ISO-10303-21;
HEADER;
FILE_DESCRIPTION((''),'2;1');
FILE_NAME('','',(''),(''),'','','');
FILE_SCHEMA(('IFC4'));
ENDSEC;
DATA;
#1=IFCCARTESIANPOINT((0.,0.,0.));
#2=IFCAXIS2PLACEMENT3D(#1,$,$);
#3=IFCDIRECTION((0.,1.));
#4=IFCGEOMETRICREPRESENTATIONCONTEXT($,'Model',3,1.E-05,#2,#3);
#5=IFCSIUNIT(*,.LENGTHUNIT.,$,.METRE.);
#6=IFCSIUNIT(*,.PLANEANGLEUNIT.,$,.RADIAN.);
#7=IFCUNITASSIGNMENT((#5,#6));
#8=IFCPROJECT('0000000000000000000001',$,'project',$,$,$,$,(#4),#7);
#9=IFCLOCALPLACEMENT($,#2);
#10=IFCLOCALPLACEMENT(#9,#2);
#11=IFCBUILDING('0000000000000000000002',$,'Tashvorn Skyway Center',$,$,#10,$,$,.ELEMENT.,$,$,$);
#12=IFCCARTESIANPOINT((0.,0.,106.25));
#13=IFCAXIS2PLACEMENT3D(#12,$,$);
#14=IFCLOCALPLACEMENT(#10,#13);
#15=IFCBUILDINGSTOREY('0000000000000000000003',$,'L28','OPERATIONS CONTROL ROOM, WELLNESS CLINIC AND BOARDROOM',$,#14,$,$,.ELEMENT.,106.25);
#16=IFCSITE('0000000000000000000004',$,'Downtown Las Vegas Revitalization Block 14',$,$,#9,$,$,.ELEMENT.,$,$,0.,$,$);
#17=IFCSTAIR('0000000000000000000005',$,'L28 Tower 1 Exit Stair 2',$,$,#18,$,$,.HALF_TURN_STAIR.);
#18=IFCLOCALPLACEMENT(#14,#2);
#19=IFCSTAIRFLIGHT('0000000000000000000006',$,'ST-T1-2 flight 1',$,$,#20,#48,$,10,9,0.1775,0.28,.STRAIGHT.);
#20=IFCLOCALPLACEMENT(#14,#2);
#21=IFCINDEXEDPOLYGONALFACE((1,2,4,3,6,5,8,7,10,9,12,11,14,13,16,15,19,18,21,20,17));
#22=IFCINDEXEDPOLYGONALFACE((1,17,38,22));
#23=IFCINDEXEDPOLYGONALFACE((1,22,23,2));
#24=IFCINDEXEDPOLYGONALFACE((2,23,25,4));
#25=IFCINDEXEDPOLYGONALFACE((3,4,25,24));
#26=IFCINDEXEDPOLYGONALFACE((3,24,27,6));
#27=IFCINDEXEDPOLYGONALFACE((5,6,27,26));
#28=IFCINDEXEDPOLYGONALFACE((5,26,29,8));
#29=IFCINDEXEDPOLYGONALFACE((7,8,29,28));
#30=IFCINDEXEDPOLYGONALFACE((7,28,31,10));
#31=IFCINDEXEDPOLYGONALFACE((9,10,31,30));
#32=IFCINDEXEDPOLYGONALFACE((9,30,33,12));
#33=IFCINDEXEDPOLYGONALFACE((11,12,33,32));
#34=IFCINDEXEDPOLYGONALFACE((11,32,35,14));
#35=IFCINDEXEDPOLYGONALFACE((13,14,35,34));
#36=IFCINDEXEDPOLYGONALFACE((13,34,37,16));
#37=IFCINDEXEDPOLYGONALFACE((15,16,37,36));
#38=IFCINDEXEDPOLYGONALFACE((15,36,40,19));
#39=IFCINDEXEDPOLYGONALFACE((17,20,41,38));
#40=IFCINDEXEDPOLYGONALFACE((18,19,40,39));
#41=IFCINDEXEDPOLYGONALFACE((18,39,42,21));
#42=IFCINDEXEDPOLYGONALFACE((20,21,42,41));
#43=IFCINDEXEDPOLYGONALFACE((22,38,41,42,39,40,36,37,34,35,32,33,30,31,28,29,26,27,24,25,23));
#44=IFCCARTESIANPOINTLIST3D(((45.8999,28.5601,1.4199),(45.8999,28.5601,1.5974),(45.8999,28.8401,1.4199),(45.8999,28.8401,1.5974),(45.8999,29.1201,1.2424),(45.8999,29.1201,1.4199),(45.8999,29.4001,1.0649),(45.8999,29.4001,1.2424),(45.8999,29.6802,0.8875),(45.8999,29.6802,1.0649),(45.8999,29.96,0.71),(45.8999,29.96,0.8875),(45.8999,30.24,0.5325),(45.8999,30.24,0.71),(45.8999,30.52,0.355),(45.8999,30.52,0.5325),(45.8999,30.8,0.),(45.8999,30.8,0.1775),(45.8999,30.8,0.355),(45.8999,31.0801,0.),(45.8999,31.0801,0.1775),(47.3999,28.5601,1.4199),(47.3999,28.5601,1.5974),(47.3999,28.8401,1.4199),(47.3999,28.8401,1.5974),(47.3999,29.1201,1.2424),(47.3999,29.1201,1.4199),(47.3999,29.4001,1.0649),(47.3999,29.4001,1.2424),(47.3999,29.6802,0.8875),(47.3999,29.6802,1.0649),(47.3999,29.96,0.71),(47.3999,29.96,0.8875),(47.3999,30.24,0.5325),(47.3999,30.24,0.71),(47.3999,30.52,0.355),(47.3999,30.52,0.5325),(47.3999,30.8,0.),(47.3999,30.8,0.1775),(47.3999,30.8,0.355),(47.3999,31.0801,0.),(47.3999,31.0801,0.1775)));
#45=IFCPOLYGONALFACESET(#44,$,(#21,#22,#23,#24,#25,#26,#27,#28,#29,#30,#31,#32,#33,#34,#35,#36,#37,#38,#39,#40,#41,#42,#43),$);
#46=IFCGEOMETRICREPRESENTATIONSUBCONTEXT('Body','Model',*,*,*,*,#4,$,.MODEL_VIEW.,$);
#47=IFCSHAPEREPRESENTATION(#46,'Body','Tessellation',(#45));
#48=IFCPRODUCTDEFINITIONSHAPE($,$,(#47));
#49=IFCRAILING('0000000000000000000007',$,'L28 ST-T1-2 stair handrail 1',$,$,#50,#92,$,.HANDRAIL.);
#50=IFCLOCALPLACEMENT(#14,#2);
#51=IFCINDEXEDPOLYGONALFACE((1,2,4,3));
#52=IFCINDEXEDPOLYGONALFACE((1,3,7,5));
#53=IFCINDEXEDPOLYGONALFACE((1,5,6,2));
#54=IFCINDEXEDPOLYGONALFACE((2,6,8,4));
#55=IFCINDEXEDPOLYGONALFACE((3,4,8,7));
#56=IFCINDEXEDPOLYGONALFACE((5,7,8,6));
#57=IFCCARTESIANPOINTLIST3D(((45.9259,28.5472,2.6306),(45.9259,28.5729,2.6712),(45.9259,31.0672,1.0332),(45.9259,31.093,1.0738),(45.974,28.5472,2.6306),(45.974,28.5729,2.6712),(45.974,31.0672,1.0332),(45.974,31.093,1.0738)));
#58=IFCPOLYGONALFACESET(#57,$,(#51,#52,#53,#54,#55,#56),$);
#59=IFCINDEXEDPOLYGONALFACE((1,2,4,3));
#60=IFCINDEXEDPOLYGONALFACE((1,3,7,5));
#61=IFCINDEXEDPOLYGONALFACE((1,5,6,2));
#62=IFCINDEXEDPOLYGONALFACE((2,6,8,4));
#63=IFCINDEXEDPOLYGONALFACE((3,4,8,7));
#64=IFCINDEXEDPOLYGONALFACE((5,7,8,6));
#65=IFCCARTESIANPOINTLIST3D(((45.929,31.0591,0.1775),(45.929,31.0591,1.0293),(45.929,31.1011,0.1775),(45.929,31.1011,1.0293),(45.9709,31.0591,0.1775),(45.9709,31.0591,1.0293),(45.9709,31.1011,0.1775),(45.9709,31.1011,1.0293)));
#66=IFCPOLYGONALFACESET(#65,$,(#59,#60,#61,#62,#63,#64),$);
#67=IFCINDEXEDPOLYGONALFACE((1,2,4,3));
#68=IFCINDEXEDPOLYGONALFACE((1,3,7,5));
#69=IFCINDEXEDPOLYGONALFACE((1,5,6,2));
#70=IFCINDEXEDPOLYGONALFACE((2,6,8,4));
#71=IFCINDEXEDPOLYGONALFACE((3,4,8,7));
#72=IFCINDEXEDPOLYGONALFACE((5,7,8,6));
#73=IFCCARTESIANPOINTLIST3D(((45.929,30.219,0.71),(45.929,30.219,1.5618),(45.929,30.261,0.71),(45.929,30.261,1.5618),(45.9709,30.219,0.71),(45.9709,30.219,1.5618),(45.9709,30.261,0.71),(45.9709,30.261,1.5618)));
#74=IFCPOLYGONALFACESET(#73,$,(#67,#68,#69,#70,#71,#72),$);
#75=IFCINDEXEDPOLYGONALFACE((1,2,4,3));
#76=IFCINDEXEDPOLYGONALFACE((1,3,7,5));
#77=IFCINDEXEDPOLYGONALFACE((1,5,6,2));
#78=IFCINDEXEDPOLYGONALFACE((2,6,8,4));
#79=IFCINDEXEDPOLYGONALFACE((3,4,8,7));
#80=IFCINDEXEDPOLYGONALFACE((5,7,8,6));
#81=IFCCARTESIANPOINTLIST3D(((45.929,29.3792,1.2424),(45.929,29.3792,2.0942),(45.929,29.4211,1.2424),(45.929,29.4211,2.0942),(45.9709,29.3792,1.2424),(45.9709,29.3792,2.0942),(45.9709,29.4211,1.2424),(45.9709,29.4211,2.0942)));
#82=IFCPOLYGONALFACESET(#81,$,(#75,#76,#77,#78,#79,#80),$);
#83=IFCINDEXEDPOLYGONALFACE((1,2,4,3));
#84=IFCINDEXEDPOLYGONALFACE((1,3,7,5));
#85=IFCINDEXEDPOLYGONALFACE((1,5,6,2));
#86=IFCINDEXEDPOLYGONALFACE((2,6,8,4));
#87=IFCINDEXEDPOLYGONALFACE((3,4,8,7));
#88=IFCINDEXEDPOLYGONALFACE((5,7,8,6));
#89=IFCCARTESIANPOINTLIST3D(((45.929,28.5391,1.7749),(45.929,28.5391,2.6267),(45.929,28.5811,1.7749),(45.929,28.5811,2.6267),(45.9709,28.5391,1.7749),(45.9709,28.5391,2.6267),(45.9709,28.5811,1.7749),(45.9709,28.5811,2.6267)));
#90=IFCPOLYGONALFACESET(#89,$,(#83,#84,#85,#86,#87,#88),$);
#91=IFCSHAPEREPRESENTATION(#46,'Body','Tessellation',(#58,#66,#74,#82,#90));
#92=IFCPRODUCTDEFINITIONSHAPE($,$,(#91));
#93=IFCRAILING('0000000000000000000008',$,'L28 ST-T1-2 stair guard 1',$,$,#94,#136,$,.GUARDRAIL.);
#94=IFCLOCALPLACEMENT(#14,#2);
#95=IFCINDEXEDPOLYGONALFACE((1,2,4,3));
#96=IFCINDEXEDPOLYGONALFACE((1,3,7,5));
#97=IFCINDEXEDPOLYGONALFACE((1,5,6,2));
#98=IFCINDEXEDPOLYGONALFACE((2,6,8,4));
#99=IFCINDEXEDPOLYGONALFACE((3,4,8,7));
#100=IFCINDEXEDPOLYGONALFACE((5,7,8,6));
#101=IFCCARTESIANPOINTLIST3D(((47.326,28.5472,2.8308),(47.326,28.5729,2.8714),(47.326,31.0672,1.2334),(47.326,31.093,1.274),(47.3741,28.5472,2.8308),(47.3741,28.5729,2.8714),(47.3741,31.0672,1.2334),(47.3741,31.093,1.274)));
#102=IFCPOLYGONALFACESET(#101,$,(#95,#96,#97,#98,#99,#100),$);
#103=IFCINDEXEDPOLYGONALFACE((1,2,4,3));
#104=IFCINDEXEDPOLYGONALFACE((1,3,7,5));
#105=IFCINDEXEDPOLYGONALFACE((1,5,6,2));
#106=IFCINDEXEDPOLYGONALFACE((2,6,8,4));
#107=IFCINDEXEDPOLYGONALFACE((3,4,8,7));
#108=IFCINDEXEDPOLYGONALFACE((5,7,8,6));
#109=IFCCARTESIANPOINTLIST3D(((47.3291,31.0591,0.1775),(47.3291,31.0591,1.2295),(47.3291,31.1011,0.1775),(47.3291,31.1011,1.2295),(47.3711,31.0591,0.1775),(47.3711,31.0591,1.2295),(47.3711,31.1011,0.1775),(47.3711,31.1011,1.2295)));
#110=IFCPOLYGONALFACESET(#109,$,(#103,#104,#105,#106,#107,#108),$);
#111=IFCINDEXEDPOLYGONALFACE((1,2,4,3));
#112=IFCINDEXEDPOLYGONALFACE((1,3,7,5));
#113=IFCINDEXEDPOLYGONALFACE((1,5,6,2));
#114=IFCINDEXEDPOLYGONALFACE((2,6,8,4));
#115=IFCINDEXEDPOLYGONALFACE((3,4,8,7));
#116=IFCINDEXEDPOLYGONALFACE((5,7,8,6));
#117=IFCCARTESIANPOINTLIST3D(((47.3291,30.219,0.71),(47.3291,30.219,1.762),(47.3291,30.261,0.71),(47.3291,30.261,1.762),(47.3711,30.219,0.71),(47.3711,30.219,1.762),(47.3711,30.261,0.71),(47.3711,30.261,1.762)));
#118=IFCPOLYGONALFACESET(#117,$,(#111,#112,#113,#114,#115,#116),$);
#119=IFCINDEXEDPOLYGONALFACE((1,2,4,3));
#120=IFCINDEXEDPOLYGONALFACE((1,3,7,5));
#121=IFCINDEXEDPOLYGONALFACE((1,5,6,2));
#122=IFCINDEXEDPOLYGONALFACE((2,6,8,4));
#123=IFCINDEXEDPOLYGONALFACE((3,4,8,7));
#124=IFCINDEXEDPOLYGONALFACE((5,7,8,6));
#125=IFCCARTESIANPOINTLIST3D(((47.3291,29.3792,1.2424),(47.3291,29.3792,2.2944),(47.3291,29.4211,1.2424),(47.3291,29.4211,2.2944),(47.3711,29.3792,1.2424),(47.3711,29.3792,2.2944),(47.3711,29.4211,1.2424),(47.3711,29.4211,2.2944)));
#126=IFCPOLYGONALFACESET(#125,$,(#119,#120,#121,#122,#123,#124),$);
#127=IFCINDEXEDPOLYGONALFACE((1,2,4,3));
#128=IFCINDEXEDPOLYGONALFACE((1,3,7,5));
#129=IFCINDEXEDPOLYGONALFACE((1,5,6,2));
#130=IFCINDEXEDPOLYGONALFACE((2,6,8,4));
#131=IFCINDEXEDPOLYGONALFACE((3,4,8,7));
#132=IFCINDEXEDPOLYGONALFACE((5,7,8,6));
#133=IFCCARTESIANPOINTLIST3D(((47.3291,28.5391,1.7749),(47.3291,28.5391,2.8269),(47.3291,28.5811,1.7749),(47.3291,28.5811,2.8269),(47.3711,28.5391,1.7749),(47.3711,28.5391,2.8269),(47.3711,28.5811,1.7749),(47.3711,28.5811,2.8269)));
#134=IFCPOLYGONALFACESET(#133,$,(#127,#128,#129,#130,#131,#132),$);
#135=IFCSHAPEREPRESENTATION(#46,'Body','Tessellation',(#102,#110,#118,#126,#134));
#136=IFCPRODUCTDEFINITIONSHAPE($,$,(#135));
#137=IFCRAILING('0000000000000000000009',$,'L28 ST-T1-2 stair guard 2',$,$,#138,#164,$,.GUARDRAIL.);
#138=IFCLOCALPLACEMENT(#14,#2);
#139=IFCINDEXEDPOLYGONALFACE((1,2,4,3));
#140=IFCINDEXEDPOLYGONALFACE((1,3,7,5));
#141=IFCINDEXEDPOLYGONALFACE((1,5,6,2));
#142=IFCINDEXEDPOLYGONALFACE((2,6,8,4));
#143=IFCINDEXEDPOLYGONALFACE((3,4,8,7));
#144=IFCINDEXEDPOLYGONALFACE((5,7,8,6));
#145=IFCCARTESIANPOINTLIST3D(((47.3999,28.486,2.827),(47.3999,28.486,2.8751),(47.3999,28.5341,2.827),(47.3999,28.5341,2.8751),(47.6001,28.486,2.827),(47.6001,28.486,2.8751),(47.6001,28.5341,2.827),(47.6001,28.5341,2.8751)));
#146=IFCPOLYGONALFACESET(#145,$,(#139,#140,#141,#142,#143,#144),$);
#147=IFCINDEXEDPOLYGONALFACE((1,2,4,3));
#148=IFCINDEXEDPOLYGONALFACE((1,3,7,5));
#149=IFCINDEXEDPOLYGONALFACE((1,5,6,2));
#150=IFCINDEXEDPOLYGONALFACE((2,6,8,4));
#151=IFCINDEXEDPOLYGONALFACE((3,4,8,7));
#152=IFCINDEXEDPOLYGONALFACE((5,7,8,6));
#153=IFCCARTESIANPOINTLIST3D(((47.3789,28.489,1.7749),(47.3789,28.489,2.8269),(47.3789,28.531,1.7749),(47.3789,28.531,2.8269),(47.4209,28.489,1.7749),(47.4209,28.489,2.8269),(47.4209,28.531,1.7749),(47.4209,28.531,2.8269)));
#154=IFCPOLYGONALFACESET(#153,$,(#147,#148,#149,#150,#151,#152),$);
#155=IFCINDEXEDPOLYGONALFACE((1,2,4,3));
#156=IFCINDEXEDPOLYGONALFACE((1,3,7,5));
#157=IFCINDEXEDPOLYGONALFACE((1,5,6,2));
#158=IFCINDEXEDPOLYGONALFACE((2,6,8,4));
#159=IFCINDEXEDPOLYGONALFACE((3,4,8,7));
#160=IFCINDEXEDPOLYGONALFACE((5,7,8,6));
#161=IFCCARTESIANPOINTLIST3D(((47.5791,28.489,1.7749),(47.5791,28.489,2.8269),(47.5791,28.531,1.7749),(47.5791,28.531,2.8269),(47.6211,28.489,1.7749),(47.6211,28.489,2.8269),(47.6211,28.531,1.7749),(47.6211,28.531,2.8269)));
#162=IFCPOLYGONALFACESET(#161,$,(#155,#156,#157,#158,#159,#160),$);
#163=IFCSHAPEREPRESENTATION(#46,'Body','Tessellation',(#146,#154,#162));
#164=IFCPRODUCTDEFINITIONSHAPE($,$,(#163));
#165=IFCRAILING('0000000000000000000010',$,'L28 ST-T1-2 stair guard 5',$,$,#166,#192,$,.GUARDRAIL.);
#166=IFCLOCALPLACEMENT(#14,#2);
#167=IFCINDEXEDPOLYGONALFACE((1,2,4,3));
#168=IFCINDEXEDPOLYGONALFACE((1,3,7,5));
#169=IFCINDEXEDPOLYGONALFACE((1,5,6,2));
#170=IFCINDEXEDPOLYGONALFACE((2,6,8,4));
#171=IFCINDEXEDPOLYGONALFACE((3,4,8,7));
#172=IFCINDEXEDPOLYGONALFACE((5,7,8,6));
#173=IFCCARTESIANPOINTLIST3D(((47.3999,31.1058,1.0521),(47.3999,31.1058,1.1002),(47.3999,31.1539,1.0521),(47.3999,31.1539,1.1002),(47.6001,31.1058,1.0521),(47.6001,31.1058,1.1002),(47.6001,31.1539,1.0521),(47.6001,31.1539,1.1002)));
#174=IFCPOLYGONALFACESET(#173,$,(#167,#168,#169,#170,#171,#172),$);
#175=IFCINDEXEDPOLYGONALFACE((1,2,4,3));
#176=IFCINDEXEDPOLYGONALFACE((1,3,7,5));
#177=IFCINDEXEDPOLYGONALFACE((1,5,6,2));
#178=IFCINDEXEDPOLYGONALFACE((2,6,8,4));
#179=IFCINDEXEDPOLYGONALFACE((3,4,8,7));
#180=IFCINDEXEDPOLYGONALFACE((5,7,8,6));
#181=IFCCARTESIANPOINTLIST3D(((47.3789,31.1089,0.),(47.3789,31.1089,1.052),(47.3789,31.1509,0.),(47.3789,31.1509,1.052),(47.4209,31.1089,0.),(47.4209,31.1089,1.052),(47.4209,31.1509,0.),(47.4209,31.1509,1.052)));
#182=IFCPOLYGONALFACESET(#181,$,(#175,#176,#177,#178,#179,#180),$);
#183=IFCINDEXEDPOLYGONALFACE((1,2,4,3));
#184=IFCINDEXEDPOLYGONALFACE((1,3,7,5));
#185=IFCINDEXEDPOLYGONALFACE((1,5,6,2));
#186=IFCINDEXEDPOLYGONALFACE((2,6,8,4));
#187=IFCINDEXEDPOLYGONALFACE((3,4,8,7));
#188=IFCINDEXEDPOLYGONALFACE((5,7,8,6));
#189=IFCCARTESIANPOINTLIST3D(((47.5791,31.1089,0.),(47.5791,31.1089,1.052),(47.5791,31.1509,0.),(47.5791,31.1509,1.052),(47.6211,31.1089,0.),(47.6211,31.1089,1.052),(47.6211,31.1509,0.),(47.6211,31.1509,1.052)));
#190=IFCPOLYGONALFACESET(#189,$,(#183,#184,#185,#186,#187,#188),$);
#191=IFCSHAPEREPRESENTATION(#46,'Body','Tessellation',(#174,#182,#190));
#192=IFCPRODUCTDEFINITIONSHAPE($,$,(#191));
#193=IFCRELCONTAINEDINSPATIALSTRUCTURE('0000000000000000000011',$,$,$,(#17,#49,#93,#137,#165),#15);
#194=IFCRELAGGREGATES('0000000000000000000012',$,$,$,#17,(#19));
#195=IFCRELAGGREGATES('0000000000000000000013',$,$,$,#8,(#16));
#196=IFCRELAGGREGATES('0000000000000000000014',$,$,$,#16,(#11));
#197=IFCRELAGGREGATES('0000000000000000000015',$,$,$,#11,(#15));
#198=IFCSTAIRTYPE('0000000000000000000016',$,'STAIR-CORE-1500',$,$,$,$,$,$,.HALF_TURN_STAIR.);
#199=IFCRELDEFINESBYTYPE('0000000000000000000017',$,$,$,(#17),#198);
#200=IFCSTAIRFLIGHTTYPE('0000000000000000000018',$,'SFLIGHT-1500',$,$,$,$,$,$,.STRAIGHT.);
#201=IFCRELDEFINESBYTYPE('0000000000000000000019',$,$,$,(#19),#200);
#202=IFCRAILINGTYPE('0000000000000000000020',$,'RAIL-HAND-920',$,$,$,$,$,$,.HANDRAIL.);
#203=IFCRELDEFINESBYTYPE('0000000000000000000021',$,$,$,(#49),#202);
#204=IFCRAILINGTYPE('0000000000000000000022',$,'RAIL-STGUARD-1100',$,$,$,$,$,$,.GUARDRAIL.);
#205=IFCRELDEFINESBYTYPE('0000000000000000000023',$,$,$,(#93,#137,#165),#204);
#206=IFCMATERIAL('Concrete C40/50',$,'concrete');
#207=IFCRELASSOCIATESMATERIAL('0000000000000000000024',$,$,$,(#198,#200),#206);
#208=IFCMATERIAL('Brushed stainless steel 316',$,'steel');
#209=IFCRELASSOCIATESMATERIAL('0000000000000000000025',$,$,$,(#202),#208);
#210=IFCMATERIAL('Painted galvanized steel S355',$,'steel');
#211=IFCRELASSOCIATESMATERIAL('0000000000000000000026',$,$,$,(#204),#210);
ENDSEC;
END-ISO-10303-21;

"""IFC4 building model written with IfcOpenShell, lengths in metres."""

from ifc_helpers import new_model, si_unit, direction, frame, origin, origin_2d, place, context, subcontext, project, spatial, polyline, rectangle, outline, extrude, material, type_object, element, aggregate, save


model = new_model("IFC4")

# Units and contexts
model_context = context("Model", 3, precision=1e-05, world=origin(), true_north=direction((0.0, 1.0)))
body_context = subcontext(model_context, "Body", "Model", "MODEL_VIEW")
ifc_project = project(units=[si_unit("LENGTHUNIT", "METRE"), si_unit("PLANEANGLEUNIT", "RADIAN")], contexts=[model_context])

# Site, building, storey
site_placement = place(None, origin())
site = spatial("IfcSite", under=ifc_project, at=site_placement, Name="Downtown Las Vegas Revitalization Block 14", CompositionType="ELEMENT", RefElevation=0.0)
building_placement = place(site_placement, origin())
building = spatial("IfcBuilding", under=site, at=building_placement, Name="Tashvorn Skyway Center", CompositionType="ELEMENT")
storey_placement = place(building_placement, frame((0.0, 0.0, 106.25)))
storey = spatial("IfcBuildingStorey", under=building, at=storey_placement, Name="L28", Description="OPERATIONS CONTROL ROOM, WELLNESS CLINIC AND BOARDROOM", CompositionType="ELEMENT", Elevation=106.25)

# Shared definitions
ifc_material_1 = material(Name="Concrete C40/50", Category="concrete")

# Stair, stair flight
stair_type = type_object("IfcStairType", Name="STAIR-CORE-1500", PredefinedType="HALF_TURN_STAIR", material=ifc_material_1)
stair_placement = place(storey_placement, origin())
stair = element("IfcStair", 1, at=stair_placement, inside=storey, type_object=stair_type, Name="L28 Tower 1 Exit Stair 2", PredefinedType="HALF_TURN_STAIR")
stair_flight_type = type_object("IfcStairFlightType", Name="SFLIGHT-1500", PredefinedType="STRAIGHT", material=ifc_material_1)
stair_flight_placement = place(storey_placement, frame((46.6499, 31.0801, 0.0), z_axis=(0.0, 0.0, 1.0), x_axis=(0.0, -1.0, 0.0)))
stair_flight = element("IfcStairFlight", 2, at=stair_flight_placement, type_object=stair_flight_type, Name="ST-T1-2 flight 1", NumberOfRisers=10, NumberOfTreads=9, PredefinedType="STRAIGHT", RiserHeight=0.1775, TreadLength=0.28, context=body_context, shape_type="SweptSolid", body=[
    extrude(outline(polyline([(0.0, 0.0), (0.0, 0.1775), (0.28, 0.1775), (0.28, 0.355), (0.5601, 0.355), (0.5601, 0.5325), (0.8401, 0.5325), (0.8401, 0.71), (1.1201, 0.71), (1.1201, 0.8875), (1.3999, 0.8875), (1.3999, 1.0649), (1.6799, 1.0649), (1.6799, 1.2424), (1.96, 1.2424), (1.96, 1.4199), (2.24, 1.4199), (2.24, 1.5974), (2.52, 1.5974), (2.52, 1.7749), (2.52, 1.4199), (0.28, 0.0), (0.0, 0.0)])), frame((0.0, 0.75, 0.0), z_axis=(0.0, -1.0, 0.0), x_axis=(1.0, 0.0, 0.0)), (0.0, 0.0, 1.0), 1.5),
])
aggregate(stair, [stair_flight])

# Railings
ifc_material_2 = material(Name="Brushed stainless steel 316", Category="steel")
railing_type_1 = type_object("IfcRailingType", Name="RAIL-HAND-920", PredefinedType="HANDRAIL", material=ifc_material_2)
railing_1_placement = place(storey_placement, frame((45.95, 31.0801, 0.1775)))
element("IfcRailing", 3, at=railing_1_placement, inside=storey, type_object=railing_type_1, Name="L28 ST-T1-2 stair handrail 1", PredefinedType="HANDRAIL", context=body_context, shape_type="SweptSolid", body=[
    extrude(rectangle(XDim=0.0481, YDim=0.0481, at=origin_2d()), frame((0.0, 0.0, 0.876), z_axis=(0.0, -0.844607, 0.535387), x_axis=(1.0, 0.0, 0.0)), (0.0, 0.0, 1.0), 2.9836),
    extrude(rectangle(XDim=0.042, YDim=0.042, at=origin_2d()), origin(), (0.0, 0.0, 1.0), 0.8518),
    extrude(rectangle(XDim=0.042, YDim=0.042, at=origin_2d()), frame((0.0, -0.8401, 0.5325)), (0.0, 0.0, 1.0), 0.8518),
    extrude(rectangle(XDim=0.042, YDim=0.042, at=origin_2d()), frame((0.0, -1.6799, 1.0649)), (0.0, 0.0, 1.0), 0.8518),
    extrude(rectangle(XDim=0.042, YDim=0.042, at=origin_2d()), frame((0.0, -2.52, 1.5974)), (0.0, 0.0, 1.0), 0.8518),
])
ifc_material_3 = material(Name="Painted galvanized steel S355", Category="steel")
railing_type_2 = type_object("IfcRailingType", Name="RAIL-STGUARD-1100", PredefinedType="GUARDRAIL", material=ifc_material_3)
railing_2_placement = place(storey_placement, frame((47.3501, 31.0801, 0.1775)))
element("IfcRailing", 4, at=railing_2_placement, inside=storey, type_object=railing_type_2, Name="L28 ST-T1-2 stair guard 1", PredefinedType="GUARDRAIL", context=body_context, shape_type="SweptSolid", body=[
    extrude(rectangle(XDim=0.0481, YDim=0.0481, at=origin_2d()), frame((0.0, 0.0, 1.0762), z_axis=(0.0, -0.844607, 0.535387), x_axis=(1.0, 0.0, 0.0)), (0.0, 0.0, 1.0), 2.9836),
    extrude(rectangle(XDim=0.042, YDim=0.042, at=origin_2d()), origin(), (0.0, 0.0, 1.0), 1.052),
    extrude(rectangle(XDim=0.042, YDim=0.042, at=origin_2d()), frame((0.0, -0.8401, 0.5325)), (0.0, 0.0, 1.0), 1.052),
    extrude(rectangle(XDim=0.042, YDim=0.042, at=origin_2d()), frame((0.0, -1.6799, 1.0649)), (0.0, 0.0, 1.0), 1.052),
    extrude(rectangle(XDim=0.042, YDim=0.042, at=origin_2d()), frame((0.0, -2.52, 1.5974)), (0.0, 0.0, 1.0), 1.052),
])
for number, where, name in (
    (5, (47.3999, 28.51, 1.7749), "L28 ST-T1-2 stair guard 2"),
    (6, (47.3999, 31.1299, 0.0), "L28 ST-T1-2 stair guard 5"),
):
    element("IfcRailing", number, at=place(storey_placement, frame(where)), inside=storey, type_object=railing_type_2, Name=name, PredefinedType="GUARDRAIL", context=body_context, shape_type="SweptSolid", body=[
        extrude(rectangle(XDim=0.0481, YDim=0.0481, at=origin_2d()), frame((0.0, 0.0, 1.0762), z_axis=(1.0, 0.0, 0.0), x_axis=(0.0, 1.0, 0.0)), (0.0, 0.0, 1.0), 0.2002),
        extrude(rectangle(XDim=0.042, YDim=0.042, at=origin_2d()), origin(), (0.0, 0.0, 1.0), 1.052),
        extrude(rectangle(XDim=0.042, YDim=0.042, at=origin_2d()), frame((0.2002, 0.0, 0.0)), (0.0, 0.0, 1.0), 1.052),
    ])

save(model, "model.ifc")
